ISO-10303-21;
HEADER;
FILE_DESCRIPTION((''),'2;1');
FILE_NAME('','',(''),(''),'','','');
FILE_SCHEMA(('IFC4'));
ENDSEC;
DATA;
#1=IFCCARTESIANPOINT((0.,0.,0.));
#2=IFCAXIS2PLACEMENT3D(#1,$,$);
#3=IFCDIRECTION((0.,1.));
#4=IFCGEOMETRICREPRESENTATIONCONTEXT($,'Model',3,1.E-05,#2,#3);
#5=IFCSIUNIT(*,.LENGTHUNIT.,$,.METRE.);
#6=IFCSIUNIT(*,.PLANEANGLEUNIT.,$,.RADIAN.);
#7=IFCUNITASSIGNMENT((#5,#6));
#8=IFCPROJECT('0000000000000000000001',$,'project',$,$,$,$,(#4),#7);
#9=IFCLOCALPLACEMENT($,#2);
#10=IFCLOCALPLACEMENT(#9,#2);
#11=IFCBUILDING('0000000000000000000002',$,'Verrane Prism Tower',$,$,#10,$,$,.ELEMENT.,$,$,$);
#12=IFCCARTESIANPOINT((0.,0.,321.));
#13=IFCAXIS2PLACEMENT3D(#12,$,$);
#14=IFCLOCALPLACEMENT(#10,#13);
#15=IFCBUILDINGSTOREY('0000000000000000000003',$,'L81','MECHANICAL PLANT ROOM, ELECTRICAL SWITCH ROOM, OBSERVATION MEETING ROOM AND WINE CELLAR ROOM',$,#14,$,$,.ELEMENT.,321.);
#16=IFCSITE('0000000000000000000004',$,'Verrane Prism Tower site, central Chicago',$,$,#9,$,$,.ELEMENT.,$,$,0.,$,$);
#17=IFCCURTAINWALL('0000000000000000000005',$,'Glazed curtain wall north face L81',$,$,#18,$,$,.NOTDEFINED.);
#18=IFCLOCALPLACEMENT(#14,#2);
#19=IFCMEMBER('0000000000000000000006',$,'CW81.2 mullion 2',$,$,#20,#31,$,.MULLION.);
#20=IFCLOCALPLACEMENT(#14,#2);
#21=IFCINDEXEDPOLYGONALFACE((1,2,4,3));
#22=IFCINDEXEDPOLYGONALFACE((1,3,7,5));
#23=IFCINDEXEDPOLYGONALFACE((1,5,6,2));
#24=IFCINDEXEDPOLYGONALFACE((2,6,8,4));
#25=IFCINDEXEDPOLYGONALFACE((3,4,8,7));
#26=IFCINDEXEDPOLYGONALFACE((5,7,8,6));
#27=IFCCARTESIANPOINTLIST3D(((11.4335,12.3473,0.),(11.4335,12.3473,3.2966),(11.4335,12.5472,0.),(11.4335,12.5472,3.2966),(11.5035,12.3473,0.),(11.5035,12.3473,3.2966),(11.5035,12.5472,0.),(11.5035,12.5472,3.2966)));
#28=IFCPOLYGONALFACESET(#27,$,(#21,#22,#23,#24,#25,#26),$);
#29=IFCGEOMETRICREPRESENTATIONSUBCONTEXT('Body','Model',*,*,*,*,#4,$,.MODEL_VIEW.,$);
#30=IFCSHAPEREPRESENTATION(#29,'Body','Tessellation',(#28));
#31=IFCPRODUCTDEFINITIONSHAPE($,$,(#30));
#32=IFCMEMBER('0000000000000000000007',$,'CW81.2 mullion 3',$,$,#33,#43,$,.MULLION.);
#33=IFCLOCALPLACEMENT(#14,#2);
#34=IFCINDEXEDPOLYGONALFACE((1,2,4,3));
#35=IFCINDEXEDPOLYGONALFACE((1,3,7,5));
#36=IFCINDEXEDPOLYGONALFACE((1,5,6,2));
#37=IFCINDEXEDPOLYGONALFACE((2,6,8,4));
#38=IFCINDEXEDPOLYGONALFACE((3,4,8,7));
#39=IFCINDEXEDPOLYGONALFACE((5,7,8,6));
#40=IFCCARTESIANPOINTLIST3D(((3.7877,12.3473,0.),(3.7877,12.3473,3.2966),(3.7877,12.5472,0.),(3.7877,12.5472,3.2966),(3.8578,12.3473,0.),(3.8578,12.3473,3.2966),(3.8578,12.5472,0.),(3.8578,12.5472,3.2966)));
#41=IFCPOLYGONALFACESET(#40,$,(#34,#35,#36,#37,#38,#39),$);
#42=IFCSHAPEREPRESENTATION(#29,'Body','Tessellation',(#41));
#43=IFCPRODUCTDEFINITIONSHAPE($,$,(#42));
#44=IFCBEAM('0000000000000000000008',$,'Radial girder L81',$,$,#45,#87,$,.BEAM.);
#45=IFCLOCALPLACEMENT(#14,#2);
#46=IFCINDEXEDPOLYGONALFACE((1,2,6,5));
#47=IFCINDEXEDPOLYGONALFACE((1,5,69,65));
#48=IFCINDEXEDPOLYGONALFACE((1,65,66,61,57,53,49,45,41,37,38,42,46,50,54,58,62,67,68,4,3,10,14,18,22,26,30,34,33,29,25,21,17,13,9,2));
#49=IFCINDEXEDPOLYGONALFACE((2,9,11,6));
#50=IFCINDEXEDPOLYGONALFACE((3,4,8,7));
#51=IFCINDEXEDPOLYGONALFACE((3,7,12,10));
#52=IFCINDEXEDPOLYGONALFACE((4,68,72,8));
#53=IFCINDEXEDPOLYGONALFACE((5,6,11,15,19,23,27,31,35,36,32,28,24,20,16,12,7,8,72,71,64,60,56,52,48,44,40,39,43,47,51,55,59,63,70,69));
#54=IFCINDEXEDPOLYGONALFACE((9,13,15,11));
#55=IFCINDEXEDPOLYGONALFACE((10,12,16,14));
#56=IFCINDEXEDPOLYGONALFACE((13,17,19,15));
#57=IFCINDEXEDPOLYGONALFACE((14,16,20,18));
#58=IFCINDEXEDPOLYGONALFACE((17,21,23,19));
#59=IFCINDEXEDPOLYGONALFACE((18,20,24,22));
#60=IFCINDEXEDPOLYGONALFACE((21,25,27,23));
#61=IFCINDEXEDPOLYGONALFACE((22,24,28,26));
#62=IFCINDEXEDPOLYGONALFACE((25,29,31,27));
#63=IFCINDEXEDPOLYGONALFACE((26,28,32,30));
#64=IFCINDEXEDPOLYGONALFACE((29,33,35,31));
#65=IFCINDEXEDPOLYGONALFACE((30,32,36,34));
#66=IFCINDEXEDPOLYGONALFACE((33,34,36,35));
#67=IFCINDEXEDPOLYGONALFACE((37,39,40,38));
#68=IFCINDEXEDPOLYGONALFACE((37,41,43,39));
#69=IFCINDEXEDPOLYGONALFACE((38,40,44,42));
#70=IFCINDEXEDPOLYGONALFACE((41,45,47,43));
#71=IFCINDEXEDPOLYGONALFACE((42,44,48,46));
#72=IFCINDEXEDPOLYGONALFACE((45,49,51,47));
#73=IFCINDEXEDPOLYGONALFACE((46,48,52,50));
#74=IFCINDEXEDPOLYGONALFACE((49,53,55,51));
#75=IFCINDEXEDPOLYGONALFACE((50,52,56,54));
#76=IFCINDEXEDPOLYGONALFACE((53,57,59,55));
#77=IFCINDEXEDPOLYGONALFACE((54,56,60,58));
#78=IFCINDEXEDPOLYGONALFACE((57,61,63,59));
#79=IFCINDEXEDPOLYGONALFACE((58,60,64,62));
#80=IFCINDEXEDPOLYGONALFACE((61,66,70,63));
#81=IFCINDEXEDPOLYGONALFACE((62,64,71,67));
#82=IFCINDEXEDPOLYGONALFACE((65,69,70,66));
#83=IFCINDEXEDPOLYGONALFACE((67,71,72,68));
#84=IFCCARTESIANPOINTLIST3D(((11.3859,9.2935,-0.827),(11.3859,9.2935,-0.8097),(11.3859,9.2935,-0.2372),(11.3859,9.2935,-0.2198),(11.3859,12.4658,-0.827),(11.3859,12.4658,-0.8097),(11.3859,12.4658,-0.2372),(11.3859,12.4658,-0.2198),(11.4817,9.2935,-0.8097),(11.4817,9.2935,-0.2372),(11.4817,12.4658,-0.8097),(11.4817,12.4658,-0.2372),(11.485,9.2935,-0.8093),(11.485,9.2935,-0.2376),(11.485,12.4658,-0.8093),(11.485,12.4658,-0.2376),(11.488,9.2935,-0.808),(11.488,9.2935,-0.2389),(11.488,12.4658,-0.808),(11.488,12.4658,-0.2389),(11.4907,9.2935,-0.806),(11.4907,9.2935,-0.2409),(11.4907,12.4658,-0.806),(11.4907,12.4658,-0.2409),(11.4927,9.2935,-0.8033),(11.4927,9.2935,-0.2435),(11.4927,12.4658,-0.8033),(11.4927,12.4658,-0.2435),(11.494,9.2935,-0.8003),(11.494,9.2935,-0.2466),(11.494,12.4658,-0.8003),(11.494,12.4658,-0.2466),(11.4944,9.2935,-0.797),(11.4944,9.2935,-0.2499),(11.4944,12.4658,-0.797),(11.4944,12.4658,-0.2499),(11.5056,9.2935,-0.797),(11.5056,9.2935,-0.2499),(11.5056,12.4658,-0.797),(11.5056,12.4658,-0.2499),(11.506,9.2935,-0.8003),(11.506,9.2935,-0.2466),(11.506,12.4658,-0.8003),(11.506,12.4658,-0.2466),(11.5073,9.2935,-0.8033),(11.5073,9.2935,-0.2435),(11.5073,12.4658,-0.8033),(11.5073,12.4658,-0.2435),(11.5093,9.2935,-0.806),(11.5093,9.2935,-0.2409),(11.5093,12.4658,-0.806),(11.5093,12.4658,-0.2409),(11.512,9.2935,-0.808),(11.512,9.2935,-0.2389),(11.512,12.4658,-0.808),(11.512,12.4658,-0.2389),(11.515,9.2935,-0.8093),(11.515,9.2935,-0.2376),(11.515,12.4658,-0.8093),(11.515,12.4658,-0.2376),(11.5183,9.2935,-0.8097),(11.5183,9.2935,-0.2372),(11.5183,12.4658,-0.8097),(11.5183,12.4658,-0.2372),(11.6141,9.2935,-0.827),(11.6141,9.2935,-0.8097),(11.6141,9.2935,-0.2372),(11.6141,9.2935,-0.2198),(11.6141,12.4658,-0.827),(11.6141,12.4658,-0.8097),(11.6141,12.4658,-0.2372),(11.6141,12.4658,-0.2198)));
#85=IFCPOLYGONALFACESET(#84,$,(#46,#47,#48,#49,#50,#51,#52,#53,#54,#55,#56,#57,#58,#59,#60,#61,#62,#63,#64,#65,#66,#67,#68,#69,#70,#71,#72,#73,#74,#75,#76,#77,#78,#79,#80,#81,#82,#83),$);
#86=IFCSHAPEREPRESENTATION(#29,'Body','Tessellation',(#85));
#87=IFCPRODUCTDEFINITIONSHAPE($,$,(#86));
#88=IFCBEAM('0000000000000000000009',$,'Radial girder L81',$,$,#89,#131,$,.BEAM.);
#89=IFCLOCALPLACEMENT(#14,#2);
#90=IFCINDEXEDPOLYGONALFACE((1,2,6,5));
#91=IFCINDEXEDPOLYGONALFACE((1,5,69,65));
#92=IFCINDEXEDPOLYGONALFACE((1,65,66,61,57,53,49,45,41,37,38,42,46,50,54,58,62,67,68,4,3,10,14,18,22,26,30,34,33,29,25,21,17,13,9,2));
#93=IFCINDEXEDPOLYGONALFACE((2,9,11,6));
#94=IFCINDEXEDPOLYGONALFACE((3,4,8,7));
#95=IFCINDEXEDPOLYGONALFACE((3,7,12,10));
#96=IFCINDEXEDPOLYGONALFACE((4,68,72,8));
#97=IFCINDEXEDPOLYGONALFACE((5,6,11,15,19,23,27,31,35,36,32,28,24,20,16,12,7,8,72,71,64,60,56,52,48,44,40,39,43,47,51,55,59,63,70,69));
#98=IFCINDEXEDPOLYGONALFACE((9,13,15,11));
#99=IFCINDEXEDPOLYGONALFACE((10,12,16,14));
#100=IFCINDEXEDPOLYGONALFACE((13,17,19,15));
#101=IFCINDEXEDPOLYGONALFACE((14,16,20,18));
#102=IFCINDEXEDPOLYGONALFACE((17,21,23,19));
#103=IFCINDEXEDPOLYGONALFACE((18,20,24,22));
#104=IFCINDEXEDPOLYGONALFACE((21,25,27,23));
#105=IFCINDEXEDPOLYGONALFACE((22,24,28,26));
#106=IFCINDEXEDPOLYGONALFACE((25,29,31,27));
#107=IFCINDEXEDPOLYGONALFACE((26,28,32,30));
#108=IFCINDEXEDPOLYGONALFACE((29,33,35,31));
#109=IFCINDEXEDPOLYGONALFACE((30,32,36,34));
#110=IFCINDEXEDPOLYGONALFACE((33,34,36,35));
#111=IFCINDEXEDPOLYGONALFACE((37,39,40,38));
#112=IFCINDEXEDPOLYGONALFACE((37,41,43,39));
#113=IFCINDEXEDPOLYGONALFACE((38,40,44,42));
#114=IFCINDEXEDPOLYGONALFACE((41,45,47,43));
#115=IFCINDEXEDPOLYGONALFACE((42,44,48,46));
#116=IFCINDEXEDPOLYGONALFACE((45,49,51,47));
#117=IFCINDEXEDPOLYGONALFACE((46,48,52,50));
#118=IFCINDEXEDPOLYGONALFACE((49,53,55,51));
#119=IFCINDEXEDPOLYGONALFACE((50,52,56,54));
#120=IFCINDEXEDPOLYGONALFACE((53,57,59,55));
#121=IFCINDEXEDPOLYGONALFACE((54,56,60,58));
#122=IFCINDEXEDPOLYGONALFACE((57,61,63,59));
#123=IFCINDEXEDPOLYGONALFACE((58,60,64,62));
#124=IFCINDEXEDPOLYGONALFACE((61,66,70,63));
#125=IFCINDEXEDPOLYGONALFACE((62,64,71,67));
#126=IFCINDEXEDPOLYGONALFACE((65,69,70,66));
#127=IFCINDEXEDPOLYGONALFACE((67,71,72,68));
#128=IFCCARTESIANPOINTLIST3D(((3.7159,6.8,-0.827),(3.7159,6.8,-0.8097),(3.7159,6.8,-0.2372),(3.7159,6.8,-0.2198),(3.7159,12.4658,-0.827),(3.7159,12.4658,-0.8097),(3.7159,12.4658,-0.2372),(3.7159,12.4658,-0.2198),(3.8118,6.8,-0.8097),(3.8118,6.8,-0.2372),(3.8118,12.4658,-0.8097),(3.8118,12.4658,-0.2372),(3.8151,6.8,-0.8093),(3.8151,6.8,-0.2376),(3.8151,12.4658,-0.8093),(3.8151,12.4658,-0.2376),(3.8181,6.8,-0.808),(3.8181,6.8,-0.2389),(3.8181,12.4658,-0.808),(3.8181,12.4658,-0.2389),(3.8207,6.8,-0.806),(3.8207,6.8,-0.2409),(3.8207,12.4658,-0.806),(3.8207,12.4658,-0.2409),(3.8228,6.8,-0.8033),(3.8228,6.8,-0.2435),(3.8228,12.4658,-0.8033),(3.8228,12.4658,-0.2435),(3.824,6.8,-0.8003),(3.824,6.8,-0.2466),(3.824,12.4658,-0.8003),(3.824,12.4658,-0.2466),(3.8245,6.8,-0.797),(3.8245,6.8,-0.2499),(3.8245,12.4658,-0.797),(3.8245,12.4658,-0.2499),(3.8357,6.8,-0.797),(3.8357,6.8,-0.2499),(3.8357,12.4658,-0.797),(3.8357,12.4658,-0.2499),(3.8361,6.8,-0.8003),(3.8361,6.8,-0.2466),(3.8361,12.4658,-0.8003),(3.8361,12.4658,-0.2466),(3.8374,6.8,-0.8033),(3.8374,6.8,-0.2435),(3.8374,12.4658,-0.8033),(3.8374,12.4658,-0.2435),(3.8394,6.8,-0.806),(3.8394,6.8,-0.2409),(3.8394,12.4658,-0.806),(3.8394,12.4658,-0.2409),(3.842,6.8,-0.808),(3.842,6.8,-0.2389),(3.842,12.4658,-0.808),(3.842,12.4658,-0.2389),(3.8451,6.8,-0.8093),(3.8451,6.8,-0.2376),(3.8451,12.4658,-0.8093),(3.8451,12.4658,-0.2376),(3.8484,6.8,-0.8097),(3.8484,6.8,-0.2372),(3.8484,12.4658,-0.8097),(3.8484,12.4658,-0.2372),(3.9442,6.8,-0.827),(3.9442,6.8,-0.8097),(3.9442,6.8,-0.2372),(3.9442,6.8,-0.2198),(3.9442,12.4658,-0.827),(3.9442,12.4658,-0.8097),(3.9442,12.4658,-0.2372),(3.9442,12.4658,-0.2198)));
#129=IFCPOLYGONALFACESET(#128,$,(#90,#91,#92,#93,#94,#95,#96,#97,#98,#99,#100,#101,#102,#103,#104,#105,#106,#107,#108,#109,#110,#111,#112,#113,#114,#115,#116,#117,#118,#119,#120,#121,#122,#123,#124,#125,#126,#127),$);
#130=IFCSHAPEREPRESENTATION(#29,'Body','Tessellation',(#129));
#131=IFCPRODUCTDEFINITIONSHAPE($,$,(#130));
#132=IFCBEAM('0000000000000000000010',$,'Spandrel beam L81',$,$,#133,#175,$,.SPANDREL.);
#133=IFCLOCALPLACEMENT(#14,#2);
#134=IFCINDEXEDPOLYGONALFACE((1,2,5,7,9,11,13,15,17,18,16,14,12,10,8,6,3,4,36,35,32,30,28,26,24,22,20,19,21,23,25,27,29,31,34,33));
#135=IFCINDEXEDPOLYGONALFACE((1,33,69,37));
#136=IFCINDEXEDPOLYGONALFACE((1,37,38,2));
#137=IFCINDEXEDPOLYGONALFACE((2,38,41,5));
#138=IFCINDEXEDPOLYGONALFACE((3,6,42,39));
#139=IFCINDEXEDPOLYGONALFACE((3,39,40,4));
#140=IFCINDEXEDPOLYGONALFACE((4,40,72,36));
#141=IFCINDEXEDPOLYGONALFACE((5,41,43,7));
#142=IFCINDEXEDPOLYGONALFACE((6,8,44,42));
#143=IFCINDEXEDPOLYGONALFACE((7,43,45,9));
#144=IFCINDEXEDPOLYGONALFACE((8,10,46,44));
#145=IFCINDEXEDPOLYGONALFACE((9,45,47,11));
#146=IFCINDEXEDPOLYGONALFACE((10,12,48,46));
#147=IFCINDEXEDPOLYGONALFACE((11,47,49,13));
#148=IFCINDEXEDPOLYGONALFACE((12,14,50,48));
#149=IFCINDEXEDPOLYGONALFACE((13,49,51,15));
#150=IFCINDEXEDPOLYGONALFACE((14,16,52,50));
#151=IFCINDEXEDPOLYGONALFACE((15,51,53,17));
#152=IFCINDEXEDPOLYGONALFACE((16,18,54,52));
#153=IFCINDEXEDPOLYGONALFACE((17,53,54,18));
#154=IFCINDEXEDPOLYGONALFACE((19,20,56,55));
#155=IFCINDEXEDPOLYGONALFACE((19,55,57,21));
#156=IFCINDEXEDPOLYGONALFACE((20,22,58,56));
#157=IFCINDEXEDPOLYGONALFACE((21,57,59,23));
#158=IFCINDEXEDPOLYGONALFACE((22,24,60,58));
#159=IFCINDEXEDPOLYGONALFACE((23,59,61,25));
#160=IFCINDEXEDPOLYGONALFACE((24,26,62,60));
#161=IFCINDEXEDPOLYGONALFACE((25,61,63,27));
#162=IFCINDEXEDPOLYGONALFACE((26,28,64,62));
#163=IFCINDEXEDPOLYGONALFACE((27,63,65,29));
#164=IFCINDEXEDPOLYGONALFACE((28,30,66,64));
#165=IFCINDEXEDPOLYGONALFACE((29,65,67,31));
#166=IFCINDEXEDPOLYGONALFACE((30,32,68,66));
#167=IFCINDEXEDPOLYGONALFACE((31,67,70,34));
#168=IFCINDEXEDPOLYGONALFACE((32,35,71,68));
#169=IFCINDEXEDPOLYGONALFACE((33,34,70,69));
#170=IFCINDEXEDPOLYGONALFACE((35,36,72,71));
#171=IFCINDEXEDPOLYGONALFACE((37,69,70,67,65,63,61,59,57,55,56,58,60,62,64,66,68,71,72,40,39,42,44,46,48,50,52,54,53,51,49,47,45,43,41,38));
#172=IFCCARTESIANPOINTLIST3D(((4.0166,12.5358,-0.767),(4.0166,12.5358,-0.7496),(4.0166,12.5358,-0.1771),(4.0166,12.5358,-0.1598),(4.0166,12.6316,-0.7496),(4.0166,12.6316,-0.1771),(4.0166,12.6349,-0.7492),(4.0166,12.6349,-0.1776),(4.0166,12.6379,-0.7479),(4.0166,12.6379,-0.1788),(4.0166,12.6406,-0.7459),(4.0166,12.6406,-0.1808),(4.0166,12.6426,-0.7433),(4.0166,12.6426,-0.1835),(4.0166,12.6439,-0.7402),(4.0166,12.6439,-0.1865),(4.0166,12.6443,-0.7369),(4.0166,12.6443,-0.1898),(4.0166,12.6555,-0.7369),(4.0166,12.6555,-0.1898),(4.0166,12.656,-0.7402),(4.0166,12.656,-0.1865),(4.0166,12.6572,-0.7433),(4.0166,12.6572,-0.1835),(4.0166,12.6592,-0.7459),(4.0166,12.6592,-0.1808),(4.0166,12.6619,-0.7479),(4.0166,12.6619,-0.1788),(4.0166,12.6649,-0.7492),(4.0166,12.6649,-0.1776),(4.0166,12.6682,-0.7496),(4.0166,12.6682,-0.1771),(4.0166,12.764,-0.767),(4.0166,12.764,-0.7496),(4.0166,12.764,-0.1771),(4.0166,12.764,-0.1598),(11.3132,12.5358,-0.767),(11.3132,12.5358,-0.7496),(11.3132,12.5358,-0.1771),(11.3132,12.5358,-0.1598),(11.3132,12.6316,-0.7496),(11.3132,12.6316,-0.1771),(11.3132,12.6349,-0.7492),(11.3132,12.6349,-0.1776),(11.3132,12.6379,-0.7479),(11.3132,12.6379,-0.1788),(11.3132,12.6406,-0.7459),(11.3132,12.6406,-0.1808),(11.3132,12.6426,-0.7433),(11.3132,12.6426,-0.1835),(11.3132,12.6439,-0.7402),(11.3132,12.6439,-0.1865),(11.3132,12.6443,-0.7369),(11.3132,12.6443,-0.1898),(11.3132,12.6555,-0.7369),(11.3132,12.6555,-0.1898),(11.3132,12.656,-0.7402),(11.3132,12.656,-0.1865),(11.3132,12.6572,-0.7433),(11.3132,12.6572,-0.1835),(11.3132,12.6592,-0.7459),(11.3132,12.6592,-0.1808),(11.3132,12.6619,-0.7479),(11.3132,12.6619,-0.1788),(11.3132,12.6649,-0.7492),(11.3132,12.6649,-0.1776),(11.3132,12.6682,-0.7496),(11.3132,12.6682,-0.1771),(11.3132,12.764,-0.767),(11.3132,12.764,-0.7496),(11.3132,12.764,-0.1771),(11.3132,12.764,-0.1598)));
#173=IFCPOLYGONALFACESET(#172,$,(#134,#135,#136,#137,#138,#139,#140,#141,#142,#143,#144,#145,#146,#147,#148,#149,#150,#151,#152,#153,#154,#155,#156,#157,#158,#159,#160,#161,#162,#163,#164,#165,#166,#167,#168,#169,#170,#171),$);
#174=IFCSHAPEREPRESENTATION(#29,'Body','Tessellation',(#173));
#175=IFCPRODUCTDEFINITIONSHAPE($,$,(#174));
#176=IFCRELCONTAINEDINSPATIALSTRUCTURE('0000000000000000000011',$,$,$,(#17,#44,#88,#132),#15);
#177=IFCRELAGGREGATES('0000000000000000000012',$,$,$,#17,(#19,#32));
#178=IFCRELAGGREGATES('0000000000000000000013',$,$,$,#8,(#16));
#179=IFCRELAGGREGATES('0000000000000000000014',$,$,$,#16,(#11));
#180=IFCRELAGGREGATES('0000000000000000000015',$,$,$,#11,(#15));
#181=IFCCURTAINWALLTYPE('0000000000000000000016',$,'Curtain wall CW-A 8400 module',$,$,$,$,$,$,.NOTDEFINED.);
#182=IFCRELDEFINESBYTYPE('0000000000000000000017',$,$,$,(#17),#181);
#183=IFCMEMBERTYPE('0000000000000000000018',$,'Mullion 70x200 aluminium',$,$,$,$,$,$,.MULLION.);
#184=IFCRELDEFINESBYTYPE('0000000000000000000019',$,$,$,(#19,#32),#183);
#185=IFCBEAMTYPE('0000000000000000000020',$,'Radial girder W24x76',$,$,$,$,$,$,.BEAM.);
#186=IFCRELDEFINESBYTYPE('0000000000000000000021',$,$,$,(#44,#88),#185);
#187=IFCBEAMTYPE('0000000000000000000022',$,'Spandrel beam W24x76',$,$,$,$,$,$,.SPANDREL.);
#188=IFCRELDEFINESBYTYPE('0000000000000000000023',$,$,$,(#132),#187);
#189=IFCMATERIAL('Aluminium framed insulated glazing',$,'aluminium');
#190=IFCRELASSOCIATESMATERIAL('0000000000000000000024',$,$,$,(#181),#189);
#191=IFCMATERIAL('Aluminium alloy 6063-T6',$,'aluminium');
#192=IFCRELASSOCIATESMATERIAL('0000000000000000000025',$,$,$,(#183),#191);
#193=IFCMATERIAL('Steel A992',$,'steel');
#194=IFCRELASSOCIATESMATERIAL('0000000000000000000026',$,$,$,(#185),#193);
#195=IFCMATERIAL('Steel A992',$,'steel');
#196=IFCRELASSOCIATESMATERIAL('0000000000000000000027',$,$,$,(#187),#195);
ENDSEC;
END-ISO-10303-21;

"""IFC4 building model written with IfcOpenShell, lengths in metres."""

from ifc_helpers import new_model, si_unit, direction, frame, origin, origin_2d, place, context, subcontext, project, spatial, rectangle, i_section, extrude, material, material_profile, profile_set, type_object, element, aggregate, save


model = new_model("IFC4")

# Units and contexts
model_context = context("Model", 3, precision=1e-05, world=origin(), true_north=direction((0.0, 1.0)))
body_context = subcontext(model_context, "Body", "Model", "MODEL_VIEW")
ifc_project = project(units=[si_unit("LENGTHUNIT", "METRE"), si_unit("PLANEANGLEUNIT", "RADIAN")], contexts=[model_context])

# Site, building, storey
site_placement = place(None, origin())
site = spatial("IfcSite", under=ifc_project, at=site_placement, Name="Verrane Prism Tower site, central Chicago", CompositionType="ELEMENT", RefElevation=0.0)
building_placement = place(site_placement, origin())
building = spatial("IfcBuilding", under=site, at=building_placement, Name="Verrane Prism Tower", CompositionType="ELEMENT")
storey_placement = place(building_placement, frame((0.0, 0.0, 321.0)))
storey = spatial("IfcBuildingStorey", under=building, at=storey_placement, Name="L81", Description="MECHANICAL PLANT ROOM, ELECTRICAL SWITCH ROOM, OBSERVATION MEETING ROOM AND WINE CELLAR ROOM", CompositionType="ELEMENT", Elevation=321.0)

# Curtain wall, members
ifc_material_1 = material(Name="Aluminium framed insulated glazing", Category="aluminium")
curtain_wall_type = type_object("IfcCurtainWallType", Name="Curtain wall CW-A 8400 module", PredefinedType="NOTDEFINED", material=ifc_material_1)
curtain_wall_placement = place(storey_placement, origin())
curtain_wall = element("IfcCurtainWall", 1, at=curtain_wall_placement, inside=storey, type_object=curtain_wall_type, Name="Glazed curtain wall north face L81", PredefinedType="NOTDEFINED")
ifc_material_2 = material(Name="Aluminium alloy 6063-T6", Category="aluminium")
ifc_material_profile_1 = material_profile(ifc_material_2, rectangle(XDim=0.2, YDim=0.0701, at=origin_2d()), Name="Mullion 70x200 aluminium")
ifc_profile_set_1 = profile_set([ifc_material_profile_1], Name="Aluminium alloy 6063-T6")
member_type_1 = type_object("IfcMemberType", Name="Mullion 70x200 aluminium", PredefinedType="MULLION", material=ifc_profile_set_1)
member_1_placement = place(storey_placement, frame((11.4685, 12.4473, 0.0), z_axis=(0.0, 0.0, 1.0), x_axis=(0.0, -1.0, 0.0)))
member_1 = element("IfcMember", 2, at=member_1_placement, type_object=member_type_1, Name="CW81.2 mullion 2", PredefinedType="MULLION", context=body_context, shape_type="SweptSolid", body=[
    extrude(rectangle(XDim=0.2, YDim=0.0701, at=origin_2d()), origin(), (0.0, 0.0, 1.0), 3.2966),
])
member_2_placement = place(storey_placement, frame((3.8228, 12.4473, 0.0), z_axis=(0.0, 0.0, 1.0), x_axis=(0.0, -1.0, 0.0)))
member_2 = element("IfcMember", 3, at=member_2_placement, type_object=member_type_1, Name="CW81.2 mullion 3", PredefinedType="MULLION", context=body_context, shape_type="SweptSolid", body=[
    extrude(rectangle(XDim=0.2, YDim=0.0701, at=origin_2d()), origin(), (0.0, 0.0, 1.0), 3.2966),
])

# Beams
ifc_material_3 = material(Name="Steel A992", Category="steel")
ifc_material_profile_2 = material_profile(ifc_material_3, i_section(OverallWidth=0.2283, OverallDepth=0.6072, WebThickness=0.0112, FlangeThickness=0.0173, FilletRadius=0.0127, at=origin_2d()), Name="W24x76")
ifc_profile_set_2 = profile_set([ifc_material_profile_2], Name="Steel A992")
beam_type_1 = type_object("IfcBeamType", Name="Radial girder W24x76", PredefinedType="BEAM", material=ifc_profile_set_2)
beam_1_placement = place(storey_placement, frame((11.5, 12.4658, -0.5234), z_axis=(0.0, -1.0, 0.0), x_axis=(1.0, 0.0, 0.0)))
element("IfcBeam", 4, at=beam_1_placement, inside=storey, type_object=beam_type_1, Name="Radial girder L81", PredefinedType="BEAM", context=body_context, shape_type="SweptSolid", body=[
    extrude(i_section(OverallWidth=0.2283, OverallDepth=0.6072, WebThickness=0.0112, FlangeThickness=0.0173, FilletRadius=0.0127, at=origin_2d()), origin(), (0.0, 0.0, 1.0), 3.1724),
])
beam_2_placement = place(storey_placement, frame((3.8301, 12.4658, -0.5234), z_axis=(0.0, -1.0, 0.0), x_axis=(1.0, 0.0, 0.0)))
element("IfcBeam", 5, at=beam_2_placement, inside=storey, type_object=beam_type_1, Name="Radial girder L81", PredefinedType="BEAM", context=body_context, shape_type="SweptSolid", body=[
    extrude(i_section(OverallWidth=0.2283, OverallDepth=0.6072, WebThickness=0.0112, FlangeThickness=0.0173, FilletRadius=0.0127, at=origin_2d()), origin(), (0.0, 0.0, 1.0), 5.6658),
])
ifc_material_4 = material(Name="Steel A992", Category="steel")
ifc_material_profile_3 = material_profile(ifc_material_4, i_section(OverallWidth=0.2283, OverallDepth=0.6072, WebThickness=0.0112, FlangeThickness=0.0173, FilletRadius=0.0127, at=origin_2d()), Name="W24x76")
ifc_profile_set_3 = profile_set([ifc_material_profile_3], Name="Steel A992")
beam_type_2 = type_object("IfcBeamType", Name="Spandrel beam W24x76", PredefinedType="SPANDREL", material=ifc_profile_set_3)
beam_3_placement = place(storey_placement, frame((11.3132, 12.6499, -0.4634), z_axis=(-1.0, 0.0, 0.0), x_axis=(0.0, -1.0, 0.0)))
element("IfcBeam", 6, at=beam_3_placement, inside=storey, type_object=beam_type_2, Name="Spandrel beam L81", PredefinedType="SPANDREL", context=body_context, shape_type="SweptSolid", body=[
    extrude(i_section(OverallWidth=0.2283, OverallDepth=0.6072, WebThickness=0.0112, FlangeThickness=0.0173, FilletRadius=0.0127, at=origin_2d()), origin(), (0.0, 0.0, 1.0), 7.2966),
])

aggregate(curtain_wall, [member_1, member_2])

save(model, "model.ifc")
